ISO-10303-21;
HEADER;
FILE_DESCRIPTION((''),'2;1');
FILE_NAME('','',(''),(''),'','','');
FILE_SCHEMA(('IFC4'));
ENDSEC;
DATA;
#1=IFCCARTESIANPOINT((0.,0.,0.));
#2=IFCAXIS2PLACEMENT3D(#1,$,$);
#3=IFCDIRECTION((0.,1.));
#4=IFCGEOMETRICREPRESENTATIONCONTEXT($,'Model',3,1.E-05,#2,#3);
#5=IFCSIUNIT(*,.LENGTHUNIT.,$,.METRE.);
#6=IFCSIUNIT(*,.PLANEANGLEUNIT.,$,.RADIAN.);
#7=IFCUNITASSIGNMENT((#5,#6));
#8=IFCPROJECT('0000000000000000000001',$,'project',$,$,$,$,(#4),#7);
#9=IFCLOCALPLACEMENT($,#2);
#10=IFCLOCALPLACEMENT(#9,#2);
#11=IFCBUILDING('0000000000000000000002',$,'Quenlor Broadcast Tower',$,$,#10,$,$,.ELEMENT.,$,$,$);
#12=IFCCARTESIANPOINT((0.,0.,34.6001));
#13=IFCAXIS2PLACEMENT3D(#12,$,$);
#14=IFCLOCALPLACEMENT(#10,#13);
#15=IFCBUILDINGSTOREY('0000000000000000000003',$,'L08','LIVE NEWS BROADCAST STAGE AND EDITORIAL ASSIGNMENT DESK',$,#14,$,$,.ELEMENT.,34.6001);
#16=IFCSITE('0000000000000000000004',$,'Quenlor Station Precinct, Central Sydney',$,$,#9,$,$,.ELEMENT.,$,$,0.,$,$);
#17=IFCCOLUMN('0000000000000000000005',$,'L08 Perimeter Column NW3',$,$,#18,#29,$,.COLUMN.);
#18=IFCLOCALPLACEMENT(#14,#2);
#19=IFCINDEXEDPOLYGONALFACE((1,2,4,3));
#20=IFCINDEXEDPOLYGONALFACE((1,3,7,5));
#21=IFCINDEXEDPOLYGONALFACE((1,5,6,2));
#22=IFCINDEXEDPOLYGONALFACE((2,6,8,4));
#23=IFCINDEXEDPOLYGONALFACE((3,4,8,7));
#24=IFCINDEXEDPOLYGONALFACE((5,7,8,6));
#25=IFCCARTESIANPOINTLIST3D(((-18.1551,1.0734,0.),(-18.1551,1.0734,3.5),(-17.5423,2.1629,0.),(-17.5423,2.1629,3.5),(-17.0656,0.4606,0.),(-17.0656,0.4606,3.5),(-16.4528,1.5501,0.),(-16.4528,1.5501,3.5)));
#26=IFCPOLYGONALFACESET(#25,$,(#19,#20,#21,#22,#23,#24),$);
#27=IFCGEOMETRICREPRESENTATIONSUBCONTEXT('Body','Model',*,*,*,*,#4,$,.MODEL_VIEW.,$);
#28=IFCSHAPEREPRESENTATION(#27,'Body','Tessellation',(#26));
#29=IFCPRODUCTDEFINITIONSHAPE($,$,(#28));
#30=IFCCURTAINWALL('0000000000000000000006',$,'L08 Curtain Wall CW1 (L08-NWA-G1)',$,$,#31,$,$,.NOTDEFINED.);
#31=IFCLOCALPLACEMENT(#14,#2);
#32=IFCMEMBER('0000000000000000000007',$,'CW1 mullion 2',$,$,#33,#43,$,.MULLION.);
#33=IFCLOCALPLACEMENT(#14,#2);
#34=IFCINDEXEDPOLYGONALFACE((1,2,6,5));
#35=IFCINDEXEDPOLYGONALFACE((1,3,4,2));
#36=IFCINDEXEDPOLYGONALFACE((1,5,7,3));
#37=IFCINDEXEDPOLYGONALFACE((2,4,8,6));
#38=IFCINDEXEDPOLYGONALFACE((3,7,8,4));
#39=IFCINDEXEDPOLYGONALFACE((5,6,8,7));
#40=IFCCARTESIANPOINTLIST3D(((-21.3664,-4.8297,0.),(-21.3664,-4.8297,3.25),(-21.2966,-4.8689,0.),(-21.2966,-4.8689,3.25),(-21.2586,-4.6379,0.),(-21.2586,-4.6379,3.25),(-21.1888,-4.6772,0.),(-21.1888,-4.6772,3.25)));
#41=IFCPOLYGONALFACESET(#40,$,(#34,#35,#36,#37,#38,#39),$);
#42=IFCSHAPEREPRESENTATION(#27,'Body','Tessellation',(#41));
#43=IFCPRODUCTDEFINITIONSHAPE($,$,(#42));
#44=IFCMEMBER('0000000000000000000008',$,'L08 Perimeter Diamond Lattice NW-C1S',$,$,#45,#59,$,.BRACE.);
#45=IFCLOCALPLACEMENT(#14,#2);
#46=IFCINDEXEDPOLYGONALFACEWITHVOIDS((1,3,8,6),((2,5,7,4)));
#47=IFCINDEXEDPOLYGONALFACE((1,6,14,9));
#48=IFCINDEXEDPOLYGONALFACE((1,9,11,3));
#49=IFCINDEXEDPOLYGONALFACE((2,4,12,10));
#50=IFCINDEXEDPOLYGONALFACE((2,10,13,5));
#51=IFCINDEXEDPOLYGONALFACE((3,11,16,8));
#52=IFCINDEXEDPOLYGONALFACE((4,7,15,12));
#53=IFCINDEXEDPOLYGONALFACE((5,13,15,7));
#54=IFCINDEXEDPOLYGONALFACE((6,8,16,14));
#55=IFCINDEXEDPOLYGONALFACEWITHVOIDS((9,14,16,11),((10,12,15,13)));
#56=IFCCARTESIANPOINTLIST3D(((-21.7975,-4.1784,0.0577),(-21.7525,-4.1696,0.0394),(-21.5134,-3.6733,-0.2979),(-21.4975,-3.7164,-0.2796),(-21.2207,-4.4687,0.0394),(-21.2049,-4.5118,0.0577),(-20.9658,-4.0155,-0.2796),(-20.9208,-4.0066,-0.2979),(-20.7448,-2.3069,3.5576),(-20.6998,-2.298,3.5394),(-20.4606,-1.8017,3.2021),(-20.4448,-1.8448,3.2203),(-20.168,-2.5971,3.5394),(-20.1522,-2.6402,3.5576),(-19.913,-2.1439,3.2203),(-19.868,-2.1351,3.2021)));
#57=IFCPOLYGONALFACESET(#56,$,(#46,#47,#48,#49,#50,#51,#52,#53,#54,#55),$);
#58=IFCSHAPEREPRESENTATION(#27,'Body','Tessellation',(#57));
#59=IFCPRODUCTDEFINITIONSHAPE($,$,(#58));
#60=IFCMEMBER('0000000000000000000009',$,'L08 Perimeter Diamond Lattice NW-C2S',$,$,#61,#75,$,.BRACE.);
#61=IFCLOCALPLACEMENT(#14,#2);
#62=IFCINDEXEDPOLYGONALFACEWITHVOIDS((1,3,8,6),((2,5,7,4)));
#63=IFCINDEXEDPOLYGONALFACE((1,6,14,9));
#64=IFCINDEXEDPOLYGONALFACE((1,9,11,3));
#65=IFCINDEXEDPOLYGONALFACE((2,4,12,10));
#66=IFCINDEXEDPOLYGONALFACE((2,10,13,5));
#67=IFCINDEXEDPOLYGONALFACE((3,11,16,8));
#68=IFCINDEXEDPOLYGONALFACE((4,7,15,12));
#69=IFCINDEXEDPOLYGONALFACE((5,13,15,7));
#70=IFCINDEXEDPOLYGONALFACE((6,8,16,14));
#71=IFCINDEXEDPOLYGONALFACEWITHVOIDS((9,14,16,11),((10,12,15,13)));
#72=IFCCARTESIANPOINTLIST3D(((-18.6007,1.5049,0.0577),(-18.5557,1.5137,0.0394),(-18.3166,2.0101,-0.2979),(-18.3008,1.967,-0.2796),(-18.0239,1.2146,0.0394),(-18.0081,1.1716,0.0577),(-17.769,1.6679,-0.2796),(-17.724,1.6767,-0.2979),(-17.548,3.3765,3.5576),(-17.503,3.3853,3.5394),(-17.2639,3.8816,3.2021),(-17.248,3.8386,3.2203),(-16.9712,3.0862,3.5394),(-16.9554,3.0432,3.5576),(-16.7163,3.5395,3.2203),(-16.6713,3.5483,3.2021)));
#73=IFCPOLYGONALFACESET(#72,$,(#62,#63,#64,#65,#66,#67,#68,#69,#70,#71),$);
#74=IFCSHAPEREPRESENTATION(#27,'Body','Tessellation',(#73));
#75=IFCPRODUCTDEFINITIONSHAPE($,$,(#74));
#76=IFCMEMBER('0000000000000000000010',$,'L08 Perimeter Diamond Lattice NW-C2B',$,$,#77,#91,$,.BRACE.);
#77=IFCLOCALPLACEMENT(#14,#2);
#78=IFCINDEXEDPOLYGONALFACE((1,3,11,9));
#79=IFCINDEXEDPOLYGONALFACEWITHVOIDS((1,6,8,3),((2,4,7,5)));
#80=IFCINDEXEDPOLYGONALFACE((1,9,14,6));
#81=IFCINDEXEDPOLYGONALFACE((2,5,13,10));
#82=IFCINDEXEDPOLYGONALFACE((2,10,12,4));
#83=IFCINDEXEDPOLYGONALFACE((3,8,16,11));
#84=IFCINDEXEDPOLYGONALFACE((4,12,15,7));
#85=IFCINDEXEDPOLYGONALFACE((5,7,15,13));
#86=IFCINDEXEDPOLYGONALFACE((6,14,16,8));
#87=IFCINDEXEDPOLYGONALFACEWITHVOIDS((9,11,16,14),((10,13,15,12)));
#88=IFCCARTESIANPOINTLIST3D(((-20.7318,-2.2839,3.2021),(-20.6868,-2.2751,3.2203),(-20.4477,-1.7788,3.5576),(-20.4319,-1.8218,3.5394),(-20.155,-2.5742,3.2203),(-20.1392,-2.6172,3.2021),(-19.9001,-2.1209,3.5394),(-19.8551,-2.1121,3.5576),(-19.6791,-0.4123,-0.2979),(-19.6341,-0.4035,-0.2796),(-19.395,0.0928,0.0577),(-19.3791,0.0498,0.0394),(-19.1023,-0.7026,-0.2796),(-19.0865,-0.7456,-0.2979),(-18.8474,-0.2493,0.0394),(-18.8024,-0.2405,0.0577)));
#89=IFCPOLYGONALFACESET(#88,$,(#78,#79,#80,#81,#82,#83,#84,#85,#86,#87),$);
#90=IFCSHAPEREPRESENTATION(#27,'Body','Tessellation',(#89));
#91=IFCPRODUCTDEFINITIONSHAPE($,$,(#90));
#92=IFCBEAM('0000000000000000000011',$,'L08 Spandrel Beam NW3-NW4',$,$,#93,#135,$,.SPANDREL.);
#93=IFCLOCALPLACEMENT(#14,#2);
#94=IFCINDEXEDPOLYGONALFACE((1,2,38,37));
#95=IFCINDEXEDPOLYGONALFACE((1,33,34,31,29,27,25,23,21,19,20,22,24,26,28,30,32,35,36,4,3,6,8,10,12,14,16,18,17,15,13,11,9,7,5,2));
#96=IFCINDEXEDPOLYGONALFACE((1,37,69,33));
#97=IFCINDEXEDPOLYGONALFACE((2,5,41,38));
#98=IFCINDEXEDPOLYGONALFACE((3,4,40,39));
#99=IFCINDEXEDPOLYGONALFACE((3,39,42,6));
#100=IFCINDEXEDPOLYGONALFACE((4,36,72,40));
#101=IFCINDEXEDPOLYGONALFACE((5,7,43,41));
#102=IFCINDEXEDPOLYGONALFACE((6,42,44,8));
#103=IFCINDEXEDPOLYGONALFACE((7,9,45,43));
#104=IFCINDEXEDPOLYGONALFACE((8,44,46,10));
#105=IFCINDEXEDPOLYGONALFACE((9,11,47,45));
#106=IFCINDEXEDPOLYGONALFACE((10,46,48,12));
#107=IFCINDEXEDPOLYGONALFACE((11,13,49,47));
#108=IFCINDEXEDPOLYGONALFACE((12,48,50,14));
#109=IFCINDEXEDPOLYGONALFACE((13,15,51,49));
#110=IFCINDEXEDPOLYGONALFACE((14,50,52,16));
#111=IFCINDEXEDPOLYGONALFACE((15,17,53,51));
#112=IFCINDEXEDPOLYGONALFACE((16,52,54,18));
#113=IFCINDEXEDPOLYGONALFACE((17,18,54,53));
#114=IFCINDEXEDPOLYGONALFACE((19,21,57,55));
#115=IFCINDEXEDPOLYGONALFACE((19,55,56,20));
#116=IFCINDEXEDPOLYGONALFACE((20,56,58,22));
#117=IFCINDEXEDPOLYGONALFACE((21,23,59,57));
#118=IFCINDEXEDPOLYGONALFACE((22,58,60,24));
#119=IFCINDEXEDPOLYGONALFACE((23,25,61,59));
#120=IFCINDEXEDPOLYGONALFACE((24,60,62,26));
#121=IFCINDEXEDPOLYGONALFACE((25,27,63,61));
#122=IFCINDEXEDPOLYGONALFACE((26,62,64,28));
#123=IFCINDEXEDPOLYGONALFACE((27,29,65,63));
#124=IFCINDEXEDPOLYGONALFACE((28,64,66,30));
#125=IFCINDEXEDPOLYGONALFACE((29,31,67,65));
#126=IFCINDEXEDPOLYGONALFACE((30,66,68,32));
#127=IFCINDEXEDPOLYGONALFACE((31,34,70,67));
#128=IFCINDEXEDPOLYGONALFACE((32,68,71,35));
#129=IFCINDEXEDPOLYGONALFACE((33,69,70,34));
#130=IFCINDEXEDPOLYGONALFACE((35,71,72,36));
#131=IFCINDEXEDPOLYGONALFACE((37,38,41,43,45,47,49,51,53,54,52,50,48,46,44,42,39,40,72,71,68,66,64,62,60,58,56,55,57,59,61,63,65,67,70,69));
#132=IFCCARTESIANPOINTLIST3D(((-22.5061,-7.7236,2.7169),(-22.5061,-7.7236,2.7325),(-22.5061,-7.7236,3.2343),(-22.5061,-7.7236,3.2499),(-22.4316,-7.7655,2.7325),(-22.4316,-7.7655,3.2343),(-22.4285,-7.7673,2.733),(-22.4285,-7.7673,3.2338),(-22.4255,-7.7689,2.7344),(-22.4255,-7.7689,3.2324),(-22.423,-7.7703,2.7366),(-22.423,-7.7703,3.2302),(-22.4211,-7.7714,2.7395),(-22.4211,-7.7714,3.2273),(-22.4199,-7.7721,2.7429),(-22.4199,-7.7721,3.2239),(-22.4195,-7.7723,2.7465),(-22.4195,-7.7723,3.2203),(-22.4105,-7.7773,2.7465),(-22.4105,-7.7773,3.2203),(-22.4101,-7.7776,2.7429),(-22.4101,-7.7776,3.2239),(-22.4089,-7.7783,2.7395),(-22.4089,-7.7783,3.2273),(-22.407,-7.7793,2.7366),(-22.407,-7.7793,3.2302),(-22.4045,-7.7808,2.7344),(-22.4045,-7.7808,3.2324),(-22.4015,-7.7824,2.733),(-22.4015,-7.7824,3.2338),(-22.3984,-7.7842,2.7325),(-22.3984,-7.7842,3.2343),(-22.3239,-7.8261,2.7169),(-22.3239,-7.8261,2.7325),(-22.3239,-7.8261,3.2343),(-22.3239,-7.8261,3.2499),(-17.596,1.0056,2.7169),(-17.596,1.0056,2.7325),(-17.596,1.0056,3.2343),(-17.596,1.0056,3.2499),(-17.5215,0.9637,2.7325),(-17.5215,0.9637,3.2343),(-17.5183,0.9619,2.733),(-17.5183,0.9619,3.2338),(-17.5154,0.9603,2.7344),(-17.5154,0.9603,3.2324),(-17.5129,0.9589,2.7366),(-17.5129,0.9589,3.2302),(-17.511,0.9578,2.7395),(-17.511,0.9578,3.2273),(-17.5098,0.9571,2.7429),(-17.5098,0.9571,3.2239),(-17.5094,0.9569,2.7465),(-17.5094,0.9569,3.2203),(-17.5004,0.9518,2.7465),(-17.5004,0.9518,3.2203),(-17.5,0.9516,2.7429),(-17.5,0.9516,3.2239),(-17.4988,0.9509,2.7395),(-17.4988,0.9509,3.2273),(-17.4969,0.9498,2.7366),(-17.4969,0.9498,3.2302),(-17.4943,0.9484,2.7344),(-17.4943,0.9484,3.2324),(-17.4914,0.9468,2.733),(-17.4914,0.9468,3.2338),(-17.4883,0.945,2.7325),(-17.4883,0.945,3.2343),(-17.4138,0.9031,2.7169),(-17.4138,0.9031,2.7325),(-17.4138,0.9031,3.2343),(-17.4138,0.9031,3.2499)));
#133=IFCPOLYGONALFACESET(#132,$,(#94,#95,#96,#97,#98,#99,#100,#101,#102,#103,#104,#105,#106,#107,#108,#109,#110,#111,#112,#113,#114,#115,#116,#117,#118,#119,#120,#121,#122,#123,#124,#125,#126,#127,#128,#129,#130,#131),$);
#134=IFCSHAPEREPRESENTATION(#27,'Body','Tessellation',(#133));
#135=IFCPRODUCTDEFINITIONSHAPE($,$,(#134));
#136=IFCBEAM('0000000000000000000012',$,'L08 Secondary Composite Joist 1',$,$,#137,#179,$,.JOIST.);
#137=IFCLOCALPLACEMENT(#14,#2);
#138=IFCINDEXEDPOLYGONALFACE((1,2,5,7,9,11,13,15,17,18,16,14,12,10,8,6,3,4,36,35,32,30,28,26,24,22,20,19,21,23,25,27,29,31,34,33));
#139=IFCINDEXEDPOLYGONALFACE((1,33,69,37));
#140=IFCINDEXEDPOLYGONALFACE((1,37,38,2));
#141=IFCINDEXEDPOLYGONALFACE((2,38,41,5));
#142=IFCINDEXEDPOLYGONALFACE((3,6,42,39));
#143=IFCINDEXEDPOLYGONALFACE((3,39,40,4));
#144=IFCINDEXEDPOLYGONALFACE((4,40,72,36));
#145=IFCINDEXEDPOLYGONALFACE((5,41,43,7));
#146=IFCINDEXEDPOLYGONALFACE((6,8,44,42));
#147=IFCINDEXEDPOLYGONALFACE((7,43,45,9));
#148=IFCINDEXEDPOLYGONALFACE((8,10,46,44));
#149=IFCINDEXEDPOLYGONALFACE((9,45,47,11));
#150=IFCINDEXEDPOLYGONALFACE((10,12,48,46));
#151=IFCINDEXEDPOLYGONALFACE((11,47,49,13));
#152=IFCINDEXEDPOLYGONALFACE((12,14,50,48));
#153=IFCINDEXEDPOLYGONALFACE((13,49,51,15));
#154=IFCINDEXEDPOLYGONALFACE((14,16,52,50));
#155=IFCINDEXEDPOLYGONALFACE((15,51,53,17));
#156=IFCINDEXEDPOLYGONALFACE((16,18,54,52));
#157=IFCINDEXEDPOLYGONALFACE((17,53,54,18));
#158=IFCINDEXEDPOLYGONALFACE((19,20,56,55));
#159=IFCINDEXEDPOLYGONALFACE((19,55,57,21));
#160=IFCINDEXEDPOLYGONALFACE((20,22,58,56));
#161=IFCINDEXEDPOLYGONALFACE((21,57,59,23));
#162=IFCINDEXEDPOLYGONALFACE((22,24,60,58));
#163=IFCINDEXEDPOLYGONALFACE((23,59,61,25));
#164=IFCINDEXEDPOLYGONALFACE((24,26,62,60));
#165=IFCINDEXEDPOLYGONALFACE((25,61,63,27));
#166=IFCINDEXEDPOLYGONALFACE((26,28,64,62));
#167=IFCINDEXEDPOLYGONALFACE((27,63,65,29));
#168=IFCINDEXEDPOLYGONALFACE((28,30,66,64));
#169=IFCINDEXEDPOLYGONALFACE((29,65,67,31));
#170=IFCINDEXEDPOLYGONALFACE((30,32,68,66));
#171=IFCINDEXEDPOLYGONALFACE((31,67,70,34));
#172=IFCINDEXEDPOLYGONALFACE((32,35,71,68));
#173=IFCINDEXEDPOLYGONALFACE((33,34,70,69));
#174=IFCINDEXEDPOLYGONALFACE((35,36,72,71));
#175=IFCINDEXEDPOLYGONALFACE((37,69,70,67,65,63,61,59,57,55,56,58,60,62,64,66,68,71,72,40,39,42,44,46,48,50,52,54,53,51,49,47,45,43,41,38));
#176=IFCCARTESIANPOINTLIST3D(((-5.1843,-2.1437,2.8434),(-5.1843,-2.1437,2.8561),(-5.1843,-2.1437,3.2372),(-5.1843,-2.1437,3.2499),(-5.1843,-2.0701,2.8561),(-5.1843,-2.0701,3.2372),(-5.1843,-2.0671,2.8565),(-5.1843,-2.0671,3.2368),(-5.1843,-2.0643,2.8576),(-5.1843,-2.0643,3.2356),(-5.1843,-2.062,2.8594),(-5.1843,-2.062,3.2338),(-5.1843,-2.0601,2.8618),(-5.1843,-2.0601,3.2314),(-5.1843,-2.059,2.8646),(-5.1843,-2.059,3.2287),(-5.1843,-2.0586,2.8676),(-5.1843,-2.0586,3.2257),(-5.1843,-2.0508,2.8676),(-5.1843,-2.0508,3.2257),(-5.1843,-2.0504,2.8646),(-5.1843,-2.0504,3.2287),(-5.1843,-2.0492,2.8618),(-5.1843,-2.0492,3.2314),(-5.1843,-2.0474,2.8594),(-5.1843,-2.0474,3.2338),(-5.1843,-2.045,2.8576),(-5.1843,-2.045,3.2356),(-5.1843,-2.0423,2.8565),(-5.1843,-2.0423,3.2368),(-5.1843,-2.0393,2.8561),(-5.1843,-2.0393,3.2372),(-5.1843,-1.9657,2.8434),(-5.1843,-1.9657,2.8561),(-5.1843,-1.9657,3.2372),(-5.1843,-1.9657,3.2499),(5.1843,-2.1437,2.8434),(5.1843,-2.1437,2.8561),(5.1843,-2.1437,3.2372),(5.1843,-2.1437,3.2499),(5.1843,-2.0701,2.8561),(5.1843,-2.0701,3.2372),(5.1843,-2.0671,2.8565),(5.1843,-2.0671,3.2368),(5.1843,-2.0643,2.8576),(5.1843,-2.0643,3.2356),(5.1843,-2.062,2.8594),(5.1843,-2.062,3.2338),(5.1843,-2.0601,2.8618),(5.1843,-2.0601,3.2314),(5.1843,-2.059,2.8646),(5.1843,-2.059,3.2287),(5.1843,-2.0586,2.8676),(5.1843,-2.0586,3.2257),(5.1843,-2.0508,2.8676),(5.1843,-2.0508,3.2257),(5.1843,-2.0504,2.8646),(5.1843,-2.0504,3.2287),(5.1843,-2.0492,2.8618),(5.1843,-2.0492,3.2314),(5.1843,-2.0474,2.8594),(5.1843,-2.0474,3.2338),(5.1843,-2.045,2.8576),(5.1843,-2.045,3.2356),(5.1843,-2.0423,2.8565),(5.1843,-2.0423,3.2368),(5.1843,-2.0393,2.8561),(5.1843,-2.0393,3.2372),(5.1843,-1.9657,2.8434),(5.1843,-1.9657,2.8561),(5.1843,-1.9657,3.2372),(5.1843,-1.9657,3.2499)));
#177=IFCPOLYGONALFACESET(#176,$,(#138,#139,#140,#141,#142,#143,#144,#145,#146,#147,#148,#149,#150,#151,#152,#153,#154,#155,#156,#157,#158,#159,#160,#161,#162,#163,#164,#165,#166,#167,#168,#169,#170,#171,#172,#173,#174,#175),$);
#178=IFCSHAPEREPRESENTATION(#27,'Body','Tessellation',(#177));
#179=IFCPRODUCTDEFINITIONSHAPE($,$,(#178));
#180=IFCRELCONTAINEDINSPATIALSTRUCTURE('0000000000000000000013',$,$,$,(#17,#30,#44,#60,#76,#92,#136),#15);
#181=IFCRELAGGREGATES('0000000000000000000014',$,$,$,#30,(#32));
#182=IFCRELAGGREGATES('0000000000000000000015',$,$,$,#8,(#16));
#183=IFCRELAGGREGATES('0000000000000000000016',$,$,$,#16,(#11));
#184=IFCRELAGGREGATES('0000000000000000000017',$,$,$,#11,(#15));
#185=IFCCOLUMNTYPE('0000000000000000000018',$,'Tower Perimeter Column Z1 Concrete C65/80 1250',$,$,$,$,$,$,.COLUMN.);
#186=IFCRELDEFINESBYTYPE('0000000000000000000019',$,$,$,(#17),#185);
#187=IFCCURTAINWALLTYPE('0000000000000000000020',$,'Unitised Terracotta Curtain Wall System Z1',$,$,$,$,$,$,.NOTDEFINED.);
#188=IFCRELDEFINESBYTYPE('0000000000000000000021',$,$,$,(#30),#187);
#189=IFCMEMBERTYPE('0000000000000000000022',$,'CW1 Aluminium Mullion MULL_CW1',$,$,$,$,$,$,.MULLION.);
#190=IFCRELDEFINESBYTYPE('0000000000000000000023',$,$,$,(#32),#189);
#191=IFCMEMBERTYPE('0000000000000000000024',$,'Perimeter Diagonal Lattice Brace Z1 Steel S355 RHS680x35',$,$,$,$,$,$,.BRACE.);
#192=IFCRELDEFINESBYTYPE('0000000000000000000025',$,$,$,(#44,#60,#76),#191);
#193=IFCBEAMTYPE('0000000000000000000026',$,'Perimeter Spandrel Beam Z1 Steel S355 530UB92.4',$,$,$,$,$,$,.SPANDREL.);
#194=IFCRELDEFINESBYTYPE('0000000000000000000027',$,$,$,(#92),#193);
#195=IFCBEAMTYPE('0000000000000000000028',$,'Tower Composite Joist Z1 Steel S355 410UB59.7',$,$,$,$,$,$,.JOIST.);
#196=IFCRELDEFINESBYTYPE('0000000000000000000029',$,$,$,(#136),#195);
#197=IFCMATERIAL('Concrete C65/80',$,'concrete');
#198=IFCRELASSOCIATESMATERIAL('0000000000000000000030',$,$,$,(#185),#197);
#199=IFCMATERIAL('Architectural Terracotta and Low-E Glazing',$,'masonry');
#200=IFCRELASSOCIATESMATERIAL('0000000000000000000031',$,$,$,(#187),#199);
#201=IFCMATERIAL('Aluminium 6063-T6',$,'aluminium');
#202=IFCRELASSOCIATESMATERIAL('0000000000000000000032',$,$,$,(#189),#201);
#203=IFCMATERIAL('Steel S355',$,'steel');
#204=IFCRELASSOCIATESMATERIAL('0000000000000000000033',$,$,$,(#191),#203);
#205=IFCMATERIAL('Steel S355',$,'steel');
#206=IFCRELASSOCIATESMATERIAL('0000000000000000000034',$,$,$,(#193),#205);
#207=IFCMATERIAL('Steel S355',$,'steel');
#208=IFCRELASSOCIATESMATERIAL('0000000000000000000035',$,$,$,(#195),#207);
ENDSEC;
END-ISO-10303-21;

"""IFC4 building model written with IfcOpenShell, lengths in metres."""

from ifc_helpers import new_model, si_unit, direction, frame, origin, origin_2d, place, context, subcontext, project, spatial, rectangle, hollow_rectangle, i_section, extrude, material, material_profile, profile_set, type_object, element, aggregate, save


model = new_model("IFC4")

# Units and contexts
model_context = context("Model", 3, precision=1e-05, world=origin(), true_north=direction((0.0, 1.0)))
body_context = subcontext(model_context, "Body", "Model", "MODEL_VIEW")
ifc_project = project(units=[si_unit("LENGTHUNIT", "METRE"), si_unit("PLANEANGLEUNIT", "RADIAN")], contexts=[model_context])

# Site, building, storey
site_placement = place(None, origin())
site = spatial("IfcSite", under=ifc_project, at=site_placement, Name="Quenlor Station Precinct, Central Sydney", CompositionType="ELEMENT", RefElevation=0.0)
building_placement = place(site_placement, origin())
building = spatial("IfcBuilding", under=site, at=building_placement, Name="Quenlor Broadcast Tower", CompositionType="ELEMENT")
storey_placement = place(building_placement, frame((0.0, 0.0, 34.6001)))
storey = spatial("IfcBuildingStorey", under=building, at=storey_placement, Name="L08", Description="LIVE NEWS BROADCAST STAGE AND EDITORIAL ASSIGNMENT DESK", CompositionType="ELEMENT", Elevation=34.6001)

# Column
ifc_material_1 = material(Name="Concrete C65/80", Category="concrete")
ifc_material_profile_1 = material_profile(ifc_material_1, rectangle(XDim=1.25, YDim=1.25, at=origin_2d()))
ifc_profile_set_1 = profile_set([ifc_material_profile_1], Name="Concrete C65/80 RC1250x1250")
column_type = type_object("IfcColumnType", Name="Tower Perimeter Column Z1 Concrete C65/80 1250", PredefinedType="COLUMN", material=ifc_profile_set_1)
column_placement = place(storey_placement, frame((-17.304, 1.3118, 0.0), z_axis=(0.0, 0.0, 1.0), x_axis=(-0.871575, 0.490262, 0.0)))
element("IfcColumn", 1, at=column_placement, inside=storey, type_object=column_type, Name="L08 Perimeter Column NW3", PredefinedType="COLUMN", context=body_context, shape_type="SweptSolid", body=[
    extrude(rectangle(XDim=1.25, YDim=1.25, at=origin_2d()), origin(), (0.0, 0.0, 1.0), 3.5),
])

# Curtain wall, member
ifc_material_2 = material(Name="Architectural Terracotta and Low-E Glazing", Category="masonry")
curtain_wall_type = type_object("IfcCurtainWallType", Name="Unitised Terracotta Curtain Wall System Z1", PredefinedType="NOTDEFINED", material=ifc_material_2)
curtain_wall_placement = place(storey_placement, origin())
curtain_wall = element("IfcCurtainWall", 2, at=curtain_wall_placement, inside=storey, type_object=curtain_wall_type, Name="L08 Curtain Wall CW1 (L08-NWA-G1)", PredefinedType="NOTDEFINED")
ifc_material_3 = material(Name="Aluminium 6063-T6", Category="aluminium")
ifc_material_profile_2 = material_profile(ifc_material_3, rectangle(XDim=0.0801, YDim=0.22, at=origin_2d()))
ifc_profile_set_2 = profile_set([ifc_material_profile_2], Name="Aluminium 6063-T6 MULL80x220")
member_type_1 = type_object("IfcMemberType", Name="CW1 Aluminium Mullion MULL_CW1", PredefinedType="MULLION", material=ifc_profile_set_2)
member_placement = place(storey_placement, frame((-21.2776, -4.7534, 0.0), z_axis=(0.0, 0.0, 1.0), x_axis=(-0.871602, 0.490214, 0.0)))
member = element("IfcMember", 3, at=member_placement, type_object=member_type_1, Name="CW1 mullion 2", PredefinedType="MULLION", context=body_context, shape_type="SweptSolid", body=[
    extrude(rectangle(XDim=0.0801, YDim=0.22, at=origin_2d()), origin(), (0.0, 0.0, 1.0), 3.25),
])
aggregate(curtain_wall, [member])

# Members
ifc_material_4 = material(Name="Steel S355", Category="steel")
ifc_material_profile_3 = material_profile(ifc_material_4, hollow_rectangle(XDim=0.6799, YDim=0.6799, WallThickness=0.0349, at=origin_2d()))
ifc_profile_set_3 = profile_set([ifc_material_profile_3], Name="Steel S355 RHS680x680x35")
member_type_2 = type_object("IfcMemberType", Name="Perimeter Diagonal Lattice Brace Z1 Steel S355 RHS680x35", PredefinedType="BRACE", material=ifc_profile_set_3)
for number, where, z_axis, x_axis, name in (
    (4, (-21.3591, -4.0925, -0.1201), (0.256375, 0.455792, 0.852365), (-0.871582, 0.49025, 0.0), "L08 Perimeter Diamond Lattice NW-C1S"),
    (5, (-18.1624, 1.5908, -0.1201), (0.256375, 0.455792, 0.852365), (-0.871582, 0.49025, 0.0), "L08 Perimeter Diamond Lattice NW-C2S"),
    (6, (-19.2407, -0.3264, -0.1201), (-0.256375, -0.455792, 0.852365), (0.871582, -0.49025, 0.0), "L08 Perimeter Diamond Lattice NW-C2B"),
):
    element("IfcMember", number, at=place(storey_placement, frame(where, z_axis=z_axis, x_axis=x_axis)), inside=storey, type_object=member_type_2, Name=name, PredefinedType="BRACE", context=body_context, shape_type="SweptSolid", body=[
        extrude(hollow_rectangle(XDim=0.6799, YDim=0.6799, WallThickness=0.0349, at=origin_2d()), origin(), (0.0, 0.0, 1.0), 4.1062),
    ])

# Beams
ifc_material_5 = material(Name="Steel S355", Category="steel")
ifc_material_profile_4 = material_profile(ifc_material_5, i_section(OverallWidth=0.209, OverallDepth=0.533, WebThickness=0.0103, FlangeThickness=0.0156, FilletRadius=0.0139, at=origin_2d()))
ifc_profile_set_4 = profile_set([ifc_material_profile_4], Name="Steel S355 530UB92.4")
beam_type_1 = type_object("IfcBeamType", Name="Perimeter Spandrel Beam Z1 Steel S355 530UB92.4", PredefinedType="SPANDREL", material=ifc_profile_set_4)
beam_1_placement = place(storey_placement, frame((-17.5049, 0.9543, 2.9834), z_axis=(-0.490258, -0.871577, 0.0), x_axis=(0.871577, -0.490258, 0.0)))
element("IfcBeam", 7, at=beam_1_placement, inside=storey, type_object=beam_type_1, Name="L08 Spandrel Beam NW3-NW4", PredefinedType="SPANDREL", context=body_context, shape_type="SweptSolid", body=[
    extrude(i_section(OverallWidth=0.209, OverallDepth=0.533, WebThickness=0.0103, FlangeThickness=0.0156, FilletRadius=0.0139, at=origin_2d()), origin(), (0.0, 0.0, 1.0), 10.0154),
])
ifc_material_6 = material(Name="Steel S355", Category="steel")
ifc_material_profile_5 = material_profile(ifc_material_6, i_section(OverallWidth=0.178, OverallDepth=0.4065, WebThickness=0.0078, FlangeThickness=0.0127, FilletRadius=0.0115, at=origin_2d()))
ifc_profile_set_5 = profile_set([ifc_material_profile_5], Name="Steel S355 410UB59.7")
beam_type_2 = type_object("IfcBeamType", Name="Tower Composite Joist Z1 Steel S355 410UB59.7", PredefinedType="JOIST", material=ifc_profile_set_5)
beam_2_placement = place(storey_placement, frame((-5.1843, -2.0547, 3.0466), z_axis=(1.0, 0.0, 0.0), x_axis=(0.0, 1.0, 0.0)))
element("IfcBeam", 8, at=beam_2_placement, inside=storey, type_object=beam_type_2, Name="L08 Secondary Composite Joist 1", PredefinedType="JOIST", context=body_context, shape_type="SweptSolid", body=[
    extrude(i_section(OverallWidth=0.178, OverallDepth=0.4065, WebThickness=0.0078, FlangeThickness=0.0127, FilletRadius=0.0115, at=origin_2d()), origin(), (0.0, 0.0, 1.0), 10.3687),
])

save(model, "model.ifc")
